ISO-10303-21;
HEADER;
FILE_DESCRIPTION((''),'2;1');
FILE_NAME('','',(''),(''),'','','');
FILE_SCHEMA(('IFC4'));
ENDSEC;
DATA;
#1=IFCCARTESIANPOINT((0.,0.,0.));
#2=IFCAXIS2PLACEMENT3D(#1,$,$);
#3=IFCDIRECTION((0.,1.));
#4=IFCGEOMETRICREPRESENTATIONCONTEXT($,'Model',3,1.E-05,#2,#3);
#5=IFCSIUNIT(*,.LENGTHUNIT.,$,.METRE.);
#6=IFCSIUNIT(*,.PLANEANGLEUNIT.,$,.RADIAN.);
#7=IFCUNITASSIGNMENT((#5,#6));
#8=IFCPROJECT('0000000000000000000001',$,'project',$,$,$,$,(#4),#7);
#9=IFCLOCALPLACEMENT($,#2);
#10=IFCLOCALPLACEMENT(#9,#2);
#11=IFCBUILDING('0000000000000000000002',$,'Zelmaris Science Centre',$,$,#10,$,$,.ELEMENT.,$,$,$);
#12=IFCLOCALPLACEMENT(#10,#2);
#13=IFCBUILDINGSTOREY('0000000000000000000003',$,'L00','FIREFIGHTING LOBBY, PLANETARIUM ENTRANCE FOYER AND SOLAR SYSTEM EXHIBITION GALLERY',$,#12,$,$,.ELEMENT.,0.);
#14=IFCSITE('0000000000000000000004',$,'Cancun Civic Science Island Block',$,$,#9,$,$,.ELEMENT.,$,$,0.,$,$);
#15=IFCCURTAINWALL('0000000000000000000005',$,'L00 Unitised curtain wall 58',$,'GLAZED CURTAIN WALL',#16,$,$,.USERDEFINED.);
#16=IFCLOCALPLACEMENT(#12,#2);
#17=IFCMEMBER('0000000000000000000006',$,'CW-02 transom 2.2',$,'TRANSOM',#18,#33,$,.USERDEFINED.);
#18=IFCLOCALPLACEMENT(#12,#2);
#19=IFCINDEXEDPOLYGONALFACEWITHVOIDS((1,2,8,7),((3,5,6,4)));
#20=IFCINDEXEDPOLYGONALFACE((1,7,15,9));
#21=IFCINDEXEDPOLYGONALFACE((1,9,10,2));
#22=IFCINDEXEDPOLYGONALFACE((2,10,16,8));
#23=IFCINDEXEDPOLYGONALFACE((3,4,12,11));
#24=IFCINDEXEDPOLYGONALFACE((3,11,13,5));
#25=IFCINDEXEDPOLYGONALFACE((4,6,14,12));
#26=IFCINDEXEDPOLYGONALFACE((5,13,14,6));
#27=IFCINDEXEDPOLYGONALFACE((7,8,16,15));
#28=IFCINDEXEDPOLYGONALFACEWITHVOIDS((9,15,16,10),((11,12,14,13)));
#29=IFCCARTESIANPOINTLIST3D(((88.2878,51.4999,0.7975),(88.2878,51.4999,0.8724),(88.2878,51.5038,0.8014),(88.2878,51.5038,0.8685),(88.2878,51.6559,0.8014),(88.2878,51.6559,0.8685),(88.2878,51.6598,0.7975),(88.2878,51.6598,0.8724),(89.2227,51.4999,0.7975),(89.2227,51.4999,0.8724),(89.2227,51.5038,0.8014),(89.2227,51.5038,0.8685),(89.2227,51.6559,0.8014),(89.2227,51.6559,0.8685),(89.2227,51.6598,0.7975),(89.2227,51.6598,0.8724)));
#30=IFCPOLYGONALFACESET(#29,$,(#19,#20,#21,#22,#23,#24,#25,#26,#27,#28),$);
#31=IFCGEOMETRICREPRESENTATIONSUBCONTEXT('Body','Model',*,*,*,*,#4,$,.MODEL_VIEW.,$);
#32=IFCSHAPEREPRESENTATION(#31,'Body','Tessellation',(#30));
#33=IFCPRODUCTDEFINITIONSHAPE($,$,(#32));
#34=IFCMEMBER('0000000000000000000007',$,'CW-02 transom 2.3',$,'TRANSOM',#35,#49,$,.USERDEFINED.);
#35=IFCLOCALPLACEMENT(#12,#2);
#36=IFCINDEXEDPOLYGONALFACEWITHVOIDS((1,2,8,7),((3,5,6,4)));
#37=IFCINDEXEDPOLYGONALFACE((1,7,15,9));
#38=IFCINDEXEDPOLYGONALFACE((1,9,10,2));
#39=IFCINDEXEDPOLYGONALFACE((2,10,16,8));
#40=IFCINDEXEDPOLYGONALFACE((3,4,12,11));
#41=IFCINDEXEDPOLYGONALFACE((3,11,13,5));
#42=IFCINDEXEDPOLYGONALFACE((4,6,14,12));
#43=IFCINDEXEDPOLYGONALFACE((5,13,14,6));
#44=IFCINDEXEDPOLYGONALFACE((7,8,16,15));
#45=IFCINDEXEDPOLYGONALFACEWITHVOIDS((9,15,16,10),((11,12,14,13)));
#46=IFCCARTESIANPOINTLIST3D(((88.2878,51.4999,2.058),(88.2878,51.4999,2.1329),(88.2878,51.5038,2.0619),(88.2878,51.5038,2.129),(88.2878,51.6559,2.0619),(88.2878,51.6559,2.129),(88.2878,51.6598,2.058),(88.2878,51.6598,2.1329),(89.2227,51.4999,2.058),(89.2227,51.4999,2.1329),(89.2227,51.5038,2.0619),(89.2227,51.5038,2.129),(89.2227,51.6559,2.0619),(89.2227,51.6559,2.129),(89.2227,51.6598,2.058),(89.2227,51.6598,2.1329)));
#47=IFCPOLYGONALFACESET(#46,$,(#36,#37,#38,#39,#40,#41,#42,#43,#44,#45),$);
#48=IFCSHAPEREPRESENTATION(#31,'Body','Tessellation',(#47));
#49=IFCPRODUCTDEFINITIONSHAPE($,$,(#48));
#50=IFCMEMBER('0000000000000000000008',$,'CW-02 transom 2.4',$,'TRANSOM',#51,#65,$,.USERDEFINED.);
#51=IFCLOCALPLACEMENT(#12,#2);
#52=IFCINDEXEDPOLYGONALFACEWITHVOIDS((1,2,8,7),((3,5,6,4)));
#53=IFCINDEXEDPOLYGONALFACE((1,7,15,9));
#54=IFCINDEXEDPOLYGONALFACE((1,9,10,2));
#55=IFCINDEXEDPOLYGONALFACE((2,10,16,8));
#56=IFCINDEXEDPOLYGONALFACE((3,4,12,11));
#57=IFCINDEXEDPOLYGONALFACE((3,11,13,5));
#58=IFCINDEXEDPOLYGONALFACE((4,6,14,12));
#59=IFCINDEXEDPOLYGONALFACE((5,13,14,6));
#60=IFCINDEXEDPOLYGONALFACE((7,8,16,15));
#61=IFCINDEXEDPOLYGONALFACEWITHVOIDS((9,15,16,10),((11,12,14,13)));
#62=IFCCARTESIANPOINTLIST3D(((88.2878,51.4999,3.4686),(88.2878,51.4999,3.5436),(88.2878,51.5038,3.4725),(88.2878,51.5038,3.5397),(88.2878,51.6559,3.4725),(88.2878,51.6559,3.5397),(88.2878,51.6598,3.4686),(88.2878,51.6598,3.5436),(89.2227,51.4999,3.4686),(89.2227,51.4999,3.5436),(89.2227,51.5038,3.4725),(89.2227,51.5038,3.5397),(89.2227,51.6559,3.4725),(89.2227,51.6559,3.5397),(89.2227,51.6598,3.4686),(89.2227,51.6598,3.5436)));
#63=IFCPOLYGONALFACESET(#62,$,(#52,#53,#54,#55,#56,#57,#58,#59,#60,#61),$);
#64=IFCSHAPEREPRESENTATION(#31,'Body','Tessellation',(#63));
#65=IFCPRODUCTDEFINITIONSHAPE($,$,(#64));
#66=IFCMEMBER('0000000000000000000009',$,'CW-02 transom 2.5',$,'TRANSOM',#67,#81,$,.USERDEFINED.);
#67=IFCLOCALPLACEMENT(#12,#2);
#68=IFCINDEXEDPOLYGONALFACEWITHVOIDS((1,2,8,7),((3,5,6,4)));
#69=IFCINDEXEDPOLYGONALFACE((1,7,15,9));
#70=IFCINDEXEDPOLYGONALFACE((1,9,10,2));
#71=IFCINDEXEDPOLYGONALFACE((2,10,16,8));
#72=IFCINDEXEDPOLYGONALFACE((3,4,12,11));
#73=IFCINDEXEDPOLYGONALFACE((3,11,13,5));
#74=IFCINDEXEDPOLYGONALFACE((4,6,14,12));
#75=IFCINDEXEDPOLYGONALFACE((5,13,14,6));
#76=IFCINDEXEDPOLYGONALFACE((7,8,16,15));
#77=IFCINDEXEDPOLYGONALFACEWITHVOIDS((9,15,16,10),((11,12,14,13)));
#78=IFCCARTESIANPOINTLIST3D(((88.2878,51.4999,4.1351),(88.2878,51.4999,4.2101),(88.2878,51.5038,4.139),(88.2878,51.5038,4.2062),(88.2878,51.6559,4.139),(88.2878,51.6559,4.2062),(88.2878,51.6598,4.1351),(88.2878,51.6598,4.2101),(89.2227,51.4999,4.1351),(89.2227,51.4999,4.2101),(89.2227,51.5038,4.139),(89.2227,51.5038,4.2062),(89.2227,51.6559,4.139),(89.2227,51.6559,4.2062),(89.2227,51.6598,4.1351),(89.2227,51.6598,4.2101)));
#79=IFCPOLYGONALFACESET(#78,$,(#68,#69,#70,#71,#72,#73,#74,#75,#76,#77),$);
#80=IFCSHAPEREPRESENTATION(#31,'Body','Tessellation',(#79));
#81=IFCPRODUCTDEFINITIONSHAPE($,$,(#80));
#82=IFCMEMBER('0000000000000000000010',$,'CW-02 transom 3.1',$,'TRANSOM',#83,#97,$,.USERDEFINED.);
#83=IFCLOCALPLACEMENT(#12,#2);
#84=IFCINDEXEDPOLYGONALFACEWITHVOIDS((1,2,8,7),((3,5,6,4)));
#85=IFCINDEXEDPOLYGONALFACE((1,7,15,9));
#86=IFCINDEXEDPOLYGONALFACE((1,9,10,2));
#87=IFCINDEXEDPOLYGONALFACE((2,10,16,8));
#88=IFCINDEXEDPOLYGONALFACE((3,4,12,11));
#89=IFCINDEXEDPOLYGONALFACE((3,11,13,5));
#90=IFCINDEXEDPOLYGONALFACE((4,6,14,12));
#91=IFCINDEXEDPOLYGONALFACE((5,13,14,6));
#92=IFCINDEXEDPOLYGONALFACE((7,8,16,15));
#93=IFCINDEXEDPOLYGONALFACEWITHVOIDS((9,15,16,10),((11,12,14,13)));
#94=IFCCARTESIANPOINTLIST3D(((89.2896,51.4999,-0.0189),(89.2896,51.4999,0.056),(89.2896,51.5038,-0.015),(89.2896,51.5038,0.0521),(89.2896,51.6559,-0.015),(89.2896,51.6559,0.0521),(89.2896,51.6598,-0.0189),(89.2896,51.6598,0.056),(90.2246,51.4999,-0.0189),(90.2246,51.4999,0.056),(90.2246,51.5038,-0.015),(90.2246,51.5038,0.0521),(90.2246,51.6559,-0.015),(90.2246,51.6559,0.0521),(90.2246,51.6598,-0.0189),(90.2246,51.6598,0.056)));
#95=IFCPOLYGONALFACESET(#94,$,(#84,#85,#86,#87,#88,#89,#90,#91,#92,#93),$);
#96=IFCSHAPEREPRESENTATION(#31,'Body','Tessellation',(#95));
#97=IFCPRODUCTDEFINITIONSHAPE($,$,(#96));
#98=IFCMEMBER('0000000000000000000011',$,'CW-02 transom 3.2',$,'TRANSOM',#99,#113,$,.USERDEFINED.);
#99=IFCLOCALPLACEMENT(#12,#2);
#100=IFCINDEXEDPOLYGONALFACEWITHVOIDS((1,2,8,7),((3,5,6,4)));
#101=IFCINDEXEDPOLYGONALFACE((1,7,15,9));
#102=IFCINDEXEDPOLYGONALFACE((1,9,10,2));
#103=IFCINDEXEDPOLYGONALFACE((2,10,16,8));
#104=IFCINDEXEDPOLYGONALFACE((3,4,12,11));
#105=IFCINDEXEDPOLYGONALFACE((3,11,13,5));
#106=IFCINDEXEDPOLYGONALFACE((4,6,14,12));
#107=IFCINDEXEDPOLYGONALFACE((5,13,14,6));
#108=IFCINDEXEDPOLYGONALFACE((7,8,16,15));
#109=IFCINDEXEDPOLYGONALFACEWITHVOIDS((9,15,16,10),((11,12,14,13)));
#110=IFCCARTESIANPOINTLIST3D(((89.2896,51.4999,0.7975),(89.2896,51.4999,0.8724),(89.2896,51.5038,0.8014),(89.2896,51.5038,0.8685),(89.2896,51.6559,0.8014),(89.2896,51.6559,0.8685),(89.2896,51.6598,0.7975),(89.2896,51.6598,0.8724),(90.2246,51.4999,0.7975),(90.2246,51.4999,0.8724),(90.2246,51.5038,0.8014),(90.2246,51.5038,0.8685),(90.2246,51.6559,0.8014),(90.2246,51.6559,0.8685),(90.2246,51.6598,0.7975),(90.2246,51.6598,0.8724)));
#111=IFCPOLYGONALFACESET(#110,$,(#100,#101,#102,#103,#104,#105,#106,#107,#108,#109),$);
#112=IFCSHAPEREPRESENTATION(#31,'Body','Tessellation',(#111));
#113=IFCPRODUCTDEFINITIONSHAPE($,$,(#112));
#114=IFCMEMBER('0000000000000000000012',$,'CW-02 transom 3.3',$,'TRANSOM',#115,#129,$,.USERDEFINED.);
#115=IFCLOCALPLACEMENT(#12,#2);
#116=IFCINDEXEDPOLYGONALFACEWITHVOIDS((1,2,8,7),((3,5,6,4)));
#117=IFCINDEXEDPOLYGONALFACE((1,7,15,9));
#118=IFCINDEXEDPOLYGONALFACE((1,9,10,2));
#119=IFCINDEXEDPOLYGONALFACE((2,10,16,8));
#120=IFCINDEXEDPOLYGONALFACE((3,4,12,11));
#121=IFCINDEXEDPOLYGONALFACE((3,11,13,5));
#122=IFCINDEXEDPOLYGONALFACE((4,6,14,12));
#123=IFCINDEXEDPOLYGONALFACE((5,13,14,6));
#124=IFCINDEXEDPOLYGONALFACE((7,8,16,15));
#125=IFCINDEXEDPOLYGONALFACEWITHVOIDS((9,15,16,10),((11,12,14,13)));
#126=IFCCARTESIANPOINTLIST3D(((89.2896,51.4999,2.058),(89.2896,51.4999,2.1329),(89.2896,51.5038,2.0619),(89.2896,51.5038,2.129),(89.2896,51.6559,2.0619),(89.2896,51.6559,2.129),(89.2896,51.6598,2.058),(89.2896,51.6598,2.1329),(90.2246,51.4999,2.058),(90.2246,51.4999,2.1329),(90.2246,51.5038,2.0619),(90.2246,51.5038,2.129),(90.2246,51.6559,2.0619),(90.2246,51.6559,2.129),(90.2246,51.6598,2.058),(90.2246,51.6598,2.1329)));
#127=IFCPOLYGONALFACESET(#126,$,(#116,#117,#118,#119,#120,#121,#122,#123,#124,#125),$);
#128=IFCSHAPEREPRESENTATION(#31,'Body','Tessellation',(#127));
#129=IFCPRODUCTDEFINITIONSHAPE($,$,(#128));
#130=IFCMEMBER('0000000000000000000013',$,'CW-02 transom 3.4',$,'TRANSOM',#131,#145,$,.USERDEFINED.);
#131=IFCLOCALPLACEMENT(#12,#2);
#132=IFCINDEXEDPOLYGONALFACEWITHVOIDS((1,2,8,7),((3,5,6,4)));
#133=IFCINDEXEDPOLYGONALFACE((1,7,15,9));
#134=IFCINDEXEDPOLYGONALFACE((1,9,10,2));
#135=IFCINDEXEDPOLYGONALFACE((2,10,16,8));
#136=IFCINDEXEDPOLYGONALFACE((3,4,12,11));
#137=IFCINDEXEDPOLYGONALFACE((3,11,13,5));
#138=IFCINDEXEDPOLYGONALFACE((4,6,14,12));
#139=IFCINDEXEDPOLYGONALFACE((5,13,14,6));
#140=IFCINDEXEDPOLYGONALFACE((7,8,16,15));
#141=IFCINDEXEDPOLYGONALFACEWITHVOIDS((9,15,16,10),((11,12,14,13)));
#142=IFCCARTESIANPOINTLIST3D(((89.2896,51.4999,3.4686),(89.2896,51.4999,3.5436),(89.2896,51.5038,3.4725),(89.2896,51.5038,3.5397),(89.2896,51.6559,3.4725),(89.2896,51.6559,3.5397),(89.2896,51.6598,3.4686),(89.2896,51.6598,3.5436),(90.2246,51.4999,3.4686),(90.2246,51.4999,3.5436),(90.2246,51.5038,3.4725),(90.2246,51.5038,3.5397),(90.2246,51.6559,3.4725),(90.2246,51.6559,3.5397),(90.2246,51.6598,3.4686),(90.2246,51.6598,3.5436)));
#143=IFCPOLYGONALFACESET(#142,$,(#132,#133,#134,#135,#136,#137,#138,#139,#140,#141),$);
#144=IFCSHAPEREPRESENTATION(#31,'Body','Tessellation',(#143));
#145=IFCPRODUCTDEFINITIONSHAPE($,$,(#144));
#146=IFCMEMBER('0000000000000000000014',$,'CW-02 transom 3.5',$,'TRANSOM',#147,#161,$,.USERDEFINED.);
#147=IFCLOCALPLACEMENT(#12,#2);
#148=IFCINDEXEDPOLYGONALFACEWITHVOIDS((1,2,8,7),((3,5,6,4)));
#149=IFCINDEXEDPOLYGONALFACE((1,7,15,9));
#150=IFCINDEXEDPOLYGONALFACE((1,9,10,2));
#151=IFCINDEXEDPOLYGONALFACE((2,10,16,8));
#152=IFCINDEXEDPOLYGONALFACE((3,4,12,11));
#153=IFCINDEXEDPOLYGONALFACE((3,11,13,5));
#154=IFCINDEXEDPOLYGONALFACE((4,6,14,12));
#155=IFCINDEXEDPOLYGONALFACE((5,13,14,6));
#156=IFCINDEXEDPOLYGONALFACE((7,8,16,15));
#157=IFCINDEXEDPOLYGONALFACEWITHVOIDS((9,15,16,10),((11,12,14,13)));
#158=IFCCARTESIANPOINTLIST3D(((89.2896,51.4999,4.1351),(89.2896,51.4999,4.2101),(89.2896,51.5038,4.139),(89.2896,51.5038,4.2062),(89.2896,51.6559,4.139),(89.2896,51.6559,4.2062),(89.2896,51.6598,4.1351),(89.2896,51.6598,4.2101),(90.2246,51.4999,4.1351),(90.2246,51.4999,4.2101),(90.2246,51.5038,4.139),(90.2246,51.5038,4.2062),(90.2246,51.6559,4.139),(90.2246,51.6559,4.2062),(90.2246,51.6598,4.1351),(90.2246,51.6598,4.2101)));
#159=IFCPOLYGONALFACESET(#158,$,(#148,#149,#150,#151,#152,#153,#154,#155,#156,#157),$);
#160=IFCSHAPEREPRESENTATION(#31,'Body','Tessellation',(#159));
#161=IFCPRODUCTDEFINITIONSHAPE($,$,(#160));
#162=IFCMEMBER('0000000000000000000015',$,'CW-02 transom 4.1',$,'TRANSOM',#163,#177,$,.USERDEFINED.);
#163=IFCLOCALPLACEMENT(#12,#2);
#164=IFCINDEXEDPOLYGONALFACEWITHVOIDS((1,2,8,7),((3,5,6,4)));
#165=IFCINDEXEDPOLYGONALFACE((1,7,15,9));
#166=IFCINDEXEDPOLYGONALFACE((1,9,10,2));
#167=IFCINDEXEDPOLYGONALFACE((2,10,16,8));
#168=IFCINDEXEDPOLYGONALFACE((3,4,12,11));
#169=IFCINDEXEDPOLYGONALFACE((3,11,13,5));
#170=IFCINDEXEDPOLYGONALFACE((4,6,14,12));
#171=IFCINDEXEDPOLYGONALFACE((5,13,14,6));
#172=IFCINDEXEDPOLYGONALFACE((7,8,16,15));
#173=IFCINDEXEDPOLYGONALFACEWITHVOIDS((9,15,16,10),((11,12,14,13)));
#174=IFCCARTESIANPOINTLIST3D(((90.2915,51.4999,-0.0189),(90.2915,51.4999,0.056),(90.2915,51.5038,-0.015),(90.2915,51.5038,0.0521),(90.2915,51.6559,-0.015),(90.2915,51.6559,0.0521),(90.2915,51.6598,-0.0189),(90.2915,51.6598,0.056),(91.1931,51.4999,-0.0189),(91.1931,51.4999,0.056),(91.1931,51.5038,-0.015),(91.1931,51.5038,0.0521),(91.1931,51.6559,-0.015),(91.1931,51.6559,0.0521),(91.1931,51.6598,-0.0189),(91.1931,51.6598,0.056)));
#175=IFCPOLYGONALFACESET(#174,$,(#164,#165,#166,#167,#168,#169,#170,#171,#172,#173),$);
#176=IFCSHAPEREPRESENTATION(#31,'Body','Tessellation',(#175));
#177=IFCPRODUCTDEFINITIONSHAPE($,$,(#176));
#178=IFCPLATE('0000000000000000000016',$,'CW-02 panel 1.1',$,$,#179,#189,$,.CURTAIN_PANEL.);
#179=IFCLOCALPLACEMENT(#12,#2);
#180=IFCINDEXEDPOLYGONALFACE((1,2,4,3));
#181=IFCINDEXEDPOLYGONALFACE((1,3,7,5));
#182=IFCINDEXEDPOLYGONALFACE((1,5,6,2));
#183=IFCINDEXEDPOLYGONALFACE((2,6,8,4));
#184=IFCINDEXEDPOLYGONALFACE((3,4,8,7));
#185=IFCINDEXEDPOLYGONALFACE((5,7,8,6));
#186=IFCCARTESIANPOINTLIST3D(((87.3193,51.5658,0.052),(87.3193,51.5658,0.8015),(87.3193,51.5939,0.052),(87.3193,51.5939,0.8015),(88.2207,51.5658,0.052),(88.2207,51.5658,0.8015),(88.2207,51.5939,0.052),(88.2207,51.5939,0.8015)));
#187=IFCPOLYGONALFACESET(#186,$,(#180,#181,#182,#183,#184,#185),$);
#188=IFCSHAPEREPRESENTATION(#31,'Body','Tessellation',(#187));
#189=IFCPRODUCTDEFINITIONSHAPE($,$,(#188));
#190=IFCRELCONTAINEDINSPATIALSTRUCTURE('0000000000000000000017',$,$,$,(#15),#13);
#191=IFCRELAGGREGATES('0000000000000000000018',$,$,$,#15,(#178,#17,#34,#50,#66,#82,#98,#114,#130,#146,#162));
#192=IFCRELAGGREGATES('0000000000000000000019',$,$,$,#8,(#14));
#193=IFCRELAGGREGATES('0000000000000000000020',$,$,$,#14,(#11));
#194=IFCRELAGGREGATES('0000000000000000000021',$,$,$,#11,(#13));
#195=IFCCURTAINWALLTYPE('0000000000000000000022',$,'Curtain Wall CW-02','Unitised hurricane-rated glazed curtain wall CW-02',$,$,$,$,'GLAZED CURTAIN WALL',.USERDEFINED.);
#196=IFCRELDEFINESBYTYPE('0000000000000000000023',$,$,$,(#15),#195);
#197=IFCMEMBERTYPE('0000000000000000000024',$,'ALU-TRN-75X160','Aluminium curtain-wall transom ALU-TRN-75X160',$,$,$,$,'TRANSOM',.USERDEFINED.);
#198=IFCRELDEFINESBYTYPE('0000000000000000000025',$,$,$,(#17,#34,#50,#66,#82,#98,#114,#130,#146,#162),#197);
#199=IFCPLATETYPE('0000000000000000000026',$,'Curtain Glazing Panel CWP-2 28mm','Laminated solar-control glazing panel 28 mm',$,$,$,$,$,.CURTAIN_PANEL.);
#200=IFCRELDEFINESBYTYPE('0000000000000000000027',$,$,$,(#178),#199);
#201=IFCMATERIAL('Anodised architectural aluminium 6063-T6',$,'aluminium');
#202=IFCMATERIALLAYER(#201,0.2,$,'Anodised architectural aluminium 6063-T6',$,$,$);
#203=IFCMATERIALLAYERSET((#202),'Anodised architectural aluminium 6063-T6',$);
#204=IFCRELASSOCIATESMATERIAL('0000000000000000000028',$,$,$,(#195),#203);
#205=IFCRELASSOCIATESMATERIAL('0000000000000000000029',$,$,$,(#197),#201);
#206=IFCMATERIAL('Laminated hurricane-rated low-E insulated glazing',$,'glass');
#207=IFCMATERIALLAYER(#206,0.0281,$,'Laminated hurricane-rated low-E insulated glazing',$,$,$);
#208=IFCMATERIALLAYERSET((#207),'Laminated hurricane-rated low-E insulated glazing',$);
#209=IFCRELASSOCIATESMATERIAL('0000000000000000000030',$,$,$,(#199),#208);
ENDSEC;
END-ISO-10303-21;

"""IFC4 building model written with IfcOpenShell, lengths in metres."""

from ifc_helpers import new_model, si_unit, direction, frame, origin, origin_2d, place, context, subcontext, project, spatial, rectangle, hollow_rectangle, extrude, material, layer, layer_set, material_profile, profile_set, type_object, element, aggregate, save


model = new_model("IFC4")

# Units and contexts
model_context = context("Model", 3, precision=1e-05, world=origin(), true_north=direction((0.0, 1.0)))
body_context = subcontext(model_context, "Body", "Model", "MODEL_VIEW")
ifc_project = project(units=[si_unit("LENGTHUNIT", "METRE"), si_unit("PLANEANGLEUNIT", "RADIAN")], contexts=[model_context])

# Site, building, storey
site_placement = place(None, origin())
site = spatial("IfcSite", under=ifc_project, at=site_placement, Name="Cancun Civic Science Island Block", CompositionType="ELEMENT", RefElevation=0.0)
building_placement = place(site_placement, origin())
building = spatial("IfcBuilding", under=site, at=building_placement, Name="Zelmaris Science Centre", CompositionType="ELEMENT")
storey_placement = place(building_placement, origin())
storey = spatial("IfcBuildingStorey", under=building, at=storey_placement, Name="L00", Description="FIREFIGHTING LOBBY, PLANETARIUM ENTRANCE FOYER AND SOLAR SYSTEM EXHIBITION GALLERY", CompositionType="ELEMENT", Elevation=0.0)

# Shared definitions
ifc_material_1 = material(Name="Anodised architectural aluminium 6063-T6", Category="aluminium")

# Curtain wall, members, plate
ifc_layer_1 = layer(ifc_material_1, 0.2, Name="Anodised architectural aluminium 6063-T6")
ifc_layer_set_1 = layer_set([ifc_layer_1], Name="Anodised architectural aluminium 6063-T6")
curtain_wall_type_1 = type_object("IfcCurtainWallType", Name="Curtain Wall CW-02", Description="Unitised hurricane-rated glazed curtain wall CW-02", ElementType="GLAZED CURTAIN WALL", PredefinedType="USERDEFINED", material=ifc_layer_set_1)
curtain_wall_1_placement = place(storey_placement, origin())
curtain_wall_1 = element("IfcCurtainWall", 1, at=curtain_wall_1_placement, inside=storey, type_object=curtain_wall_type_1, Name="L00 Unitised curtain wall 58", ObjectType="GLAZED CURTAIN WALL", PredefinedType="USERDEFINED")
ifc_material_profile_1 = material_profile(ifc_material_1, hollow_rectangle(XDim=0.075, YDim=0.1599, WallThickness=0.0039, at=origin_2d()), Name="ALU-TRN-75X160")
ifc_profile_set_1 = profile_set([ifc_material_profile_1], Name="Anodised architectural aluminium 6063-T6")
member_type_1 = type_object("IfcMemberType", Name="ALU-TRN-75X160", Description="Aluminium curtain-wall transom ALU-TRN-75X160", ElementType="TRANSOM", PredefinedType="USERDEFINED", material=ifc_profile_set_1)
member_1_placement = place(storey_placement, frame((88.2878, 51.5798, 0.835), z_axis=(1.0, 0.0, 0.0), x_axis=(0.0, 0.0, 1.0)))
member_1 = element("IfcMember", 2, at=member_1_placement, type_object=member_type_1, Name="CW-02 transom 2.2", ObjectType="TRANSOM", PredefinedType="USERDEFINED", context=body_context, shape_type="SweptSolid", body=[
    extrude(hollow_rectangle(XDim=0.075, YDim=0.1599, WallThickness=0.0039, at=origin_2d()), origin(), (0.0, 0.0, 1.0), 0.9348),
])
member_2_placement = place(storey_placement, frame((88.2878, 51.5798, 2.0955), z_axis=(1.0, 0.0, 0.0), x_axis=(0.0, 0.0, 1.0)))
member_2 = element("IfcMember", 3, at=member_2_placement, type_object=member_type_1, Name="CW-02 transom 2.3", ObjectType="TRANSOM", PredefinedType="USERDEFINED", context=body_context, shape_type="SweptSolid", body=[
    extrude(hollow_rectangle(XDim=0.075, YDim=0.1599, WallThickness=0.0039, at=origin_2d()), origin(), (0.0, 0.0, 1.0), 0.9348),
])
member_3_placement = place(storey_placement, frame((88.2878, 51.5798, 3.5061), z_axis=(1.0, 0.0, 0.0), x_axis=(0.0, 0.0, 1.0)))
member_3 = element("IfcMember", 4, at=member_3_placement, type_object=member_type_1, Name="CW-02 transom 2.4", ObjectType="TRANSOM", PredefinedType="USERDEFINED", context=body_context, shape_type="SweptSolid", body=[
    extrude(hollow_rectangle(XDim=0.075, YDim=0.1599, WallThickness=0.0039, at=origin_2d()), origin(), (0.0, 0.0, 1.0), 0.9348),
])
member_4_placement = place(storey_placement, frame((88.2878, 51.5798, 4.1726), z_axis=(1.0, 0.0, 0.0), x_axis=(0.0, 0.0, 1.0)))
member_4 = element("IfcMember", 5, at=member_4_placement, type_object=member_type_1, Name="CW-02 transom 2.5", ObjectType="TRANSOM", PredefinedType="USERDEFINED", context=body_context, shape_type="SweptSolid", body=[
    extrude(hollow_rectangle(XDim=0.075, YDim=0.1599, WallThickness=0.0039, at=origin_2d()), origin(), (0.0, 0.0, 1.0), 0.9348),
])
member_5_placement = place(storey_placement, frame((89.2896, 51.5798, 0.0186), z_axis=(1.0, 0.0, 0.0), x_axis=(0.0, 0.0, 1.0)))
member_5 = element("IfcMember", 6, at=member_5_placement, type_object=member_type_1, Name="CW-02 transom 3.1", ObjectType="TRANSOM", PredefinedType="USERDEFINED", context=body_context, shape_type="SweptSolid", body=[
    extrude(hollow_rectangle(XDim=0.075, YDim=0.1599, WallThickness=0.0039, at=origin_2d()), origin(), (0.0, 0.0, 1.0), 0.9351),
])
member_6_placement = place(storey_placement, frame((89.2896, 51.5798, 0.835), z_axis=(1.0, 0.0, 0.0), x_axis=(0.0, 0.0, 1.0)))
member_6 = element("IfcMember", 7, at=member_6_placement, type_object=member_type_1, Name="CW-02 transom 3.2", ObjectType="TRANSOM", PredefinedType="USERDEFINED", context=body_context, shape_type="SweptSolid", body=[
    extrude(hollow_rectangle(XDim=0.075, YDim=0.1599, WallThickness=0.0039, at=origin_2d()), origin(), (0.0, 0.0, 1.0), 0.9351),
])
member_7_placement = place(storey_placement, frame((89.2896, 51.5798, 2.0955), z_axis=(1.0, 0.0, 0.0), x_axis=(0.0, 0.0, 1.0)))
member_7 = element("IfcMember", 8, at=member_7_placement, type_object=member_type_1, Name="CW-02 transom 3.3", ObjectType="TRANSOM", PredefinedType="USERDEFINED", context=body_context, shape_type="SweptSolid", body=[
    extrude(hollow_rectangle(XDim=0.075, YDim=0.1599, WallThickness=0.0039, at=origin_2d()), origin(), (0.0, 0.0, 1.0), 0.9351),
])
member_8_placement = place(storey_placement, frame((89.2896, 51.5798, 3.5061), z_axis=(1.0, 0.0, 0.0), x_axis=(0.0, 0.0, 1.0)))
member_8 = element("IfcMember", 9, at=member_8_placement, type_object=member_type_1, Name="CW-02 transom 3.4", ObjectType="TRANSOM", PredefinedType="USERDEFINED", context=body_context, shape_type="SweptSolid", body=[
    extrude(hollow_rectangle(XDim=0.075, YDim=0.1599, WallThickness=0.0039, at=origin_2d()), origin(), (0.0, 0.0, 1.0), 0.9351),
])
member_9_placement = place(storey_placement, frame((89.2896, 51.5798, 4.1726), z_axis=(1.0, 0.0, 0.0), x_axis=(0.0, 0.0, 1.0)))
member_9 = element("IfcMember", 10, at=member_9_placement, type_object=member_type_1, Name="CW-02 transom 3.5", ObjectType="TRANSOM", PredefinedType="USERDEFINED", context=body_context, shape_type="SweptSolid", body=[
    extrude(hollow_rectangle(XDim=0.075, YDim=0.1599, WallThickness=0.0039, at=origin_2d()), origin(), (0.0, 0.0, 1.0), 0.9351),
])
member_10_placement = place(storey_placement, frame((90.2915, 51.5798, 0.0186), z_axis=(1.0, 0.0, 0.0), x_axis=(0.0, 0.0, 1.0)))
member_10 = element("IfcMember", 11, at=member_10_placement, type_object=member_type_1, Name="CW-02 transom 4.1", ObjectType="TRANSOM", PredefinedType="USERDEFINED", context=body_context, shape_type="SweptSolid", body=[
    extrude(hollow_rectangle(XDim=0.075, YDim=0.1599, WallThickness=0.0039, at=origin_2d()), origin(), (0.0, 0.0, 1.0), 0.9016),
])
ifc_material_2 = material(Name="Laminated hurricane-rated low-E insulated glazing", Category="glass")
ifc_layer_2 = layer(ifc_material_2, 0.0281, Name="Laminated hurricane-rated low-E insulated glazing")
ifc_layer_set_2 = layer_set([ifc_layer_2], Name="Laminated hurricane-rated low-E insulated glazing")
plate_type_1 = type_object("IfcPlateType", Name="Curtain Glazing Panel CWP-2 28mm", Description="Laminated solar-control glazing panel 28 mm", PredefinedType="CURTAIN_PANEL", material=ifc_layer_set_2)
plate_1_placement = place(storey_placement, frame((87.77, 51.5798, 0.052), z_axis=(0.0, 0.0, 1.0), x_axis=(1.0, 0.0, 0.0)))
plate_1 = element("IfcPlate", 12, at=plate_1_placement, type_object=plate_type_1, Name="CW-02 panel 1.1", PredefinedType="CURTAIN_PANEL", context=body_context, shape_type="SweptSolid", body=[
    extrude(rectangle(XDim=0.9014, YDim=0.0281, at=origin_2d()), origin(), (0.0, 0.0, 1.0), 0.7495),
])
aggregate(curtain_wall_1, [plate_1, member_1, member_2, member_3, member_4, member_5, member_6, member_7, member_8, member_9, member_10])

save(model, "model.ifc")
